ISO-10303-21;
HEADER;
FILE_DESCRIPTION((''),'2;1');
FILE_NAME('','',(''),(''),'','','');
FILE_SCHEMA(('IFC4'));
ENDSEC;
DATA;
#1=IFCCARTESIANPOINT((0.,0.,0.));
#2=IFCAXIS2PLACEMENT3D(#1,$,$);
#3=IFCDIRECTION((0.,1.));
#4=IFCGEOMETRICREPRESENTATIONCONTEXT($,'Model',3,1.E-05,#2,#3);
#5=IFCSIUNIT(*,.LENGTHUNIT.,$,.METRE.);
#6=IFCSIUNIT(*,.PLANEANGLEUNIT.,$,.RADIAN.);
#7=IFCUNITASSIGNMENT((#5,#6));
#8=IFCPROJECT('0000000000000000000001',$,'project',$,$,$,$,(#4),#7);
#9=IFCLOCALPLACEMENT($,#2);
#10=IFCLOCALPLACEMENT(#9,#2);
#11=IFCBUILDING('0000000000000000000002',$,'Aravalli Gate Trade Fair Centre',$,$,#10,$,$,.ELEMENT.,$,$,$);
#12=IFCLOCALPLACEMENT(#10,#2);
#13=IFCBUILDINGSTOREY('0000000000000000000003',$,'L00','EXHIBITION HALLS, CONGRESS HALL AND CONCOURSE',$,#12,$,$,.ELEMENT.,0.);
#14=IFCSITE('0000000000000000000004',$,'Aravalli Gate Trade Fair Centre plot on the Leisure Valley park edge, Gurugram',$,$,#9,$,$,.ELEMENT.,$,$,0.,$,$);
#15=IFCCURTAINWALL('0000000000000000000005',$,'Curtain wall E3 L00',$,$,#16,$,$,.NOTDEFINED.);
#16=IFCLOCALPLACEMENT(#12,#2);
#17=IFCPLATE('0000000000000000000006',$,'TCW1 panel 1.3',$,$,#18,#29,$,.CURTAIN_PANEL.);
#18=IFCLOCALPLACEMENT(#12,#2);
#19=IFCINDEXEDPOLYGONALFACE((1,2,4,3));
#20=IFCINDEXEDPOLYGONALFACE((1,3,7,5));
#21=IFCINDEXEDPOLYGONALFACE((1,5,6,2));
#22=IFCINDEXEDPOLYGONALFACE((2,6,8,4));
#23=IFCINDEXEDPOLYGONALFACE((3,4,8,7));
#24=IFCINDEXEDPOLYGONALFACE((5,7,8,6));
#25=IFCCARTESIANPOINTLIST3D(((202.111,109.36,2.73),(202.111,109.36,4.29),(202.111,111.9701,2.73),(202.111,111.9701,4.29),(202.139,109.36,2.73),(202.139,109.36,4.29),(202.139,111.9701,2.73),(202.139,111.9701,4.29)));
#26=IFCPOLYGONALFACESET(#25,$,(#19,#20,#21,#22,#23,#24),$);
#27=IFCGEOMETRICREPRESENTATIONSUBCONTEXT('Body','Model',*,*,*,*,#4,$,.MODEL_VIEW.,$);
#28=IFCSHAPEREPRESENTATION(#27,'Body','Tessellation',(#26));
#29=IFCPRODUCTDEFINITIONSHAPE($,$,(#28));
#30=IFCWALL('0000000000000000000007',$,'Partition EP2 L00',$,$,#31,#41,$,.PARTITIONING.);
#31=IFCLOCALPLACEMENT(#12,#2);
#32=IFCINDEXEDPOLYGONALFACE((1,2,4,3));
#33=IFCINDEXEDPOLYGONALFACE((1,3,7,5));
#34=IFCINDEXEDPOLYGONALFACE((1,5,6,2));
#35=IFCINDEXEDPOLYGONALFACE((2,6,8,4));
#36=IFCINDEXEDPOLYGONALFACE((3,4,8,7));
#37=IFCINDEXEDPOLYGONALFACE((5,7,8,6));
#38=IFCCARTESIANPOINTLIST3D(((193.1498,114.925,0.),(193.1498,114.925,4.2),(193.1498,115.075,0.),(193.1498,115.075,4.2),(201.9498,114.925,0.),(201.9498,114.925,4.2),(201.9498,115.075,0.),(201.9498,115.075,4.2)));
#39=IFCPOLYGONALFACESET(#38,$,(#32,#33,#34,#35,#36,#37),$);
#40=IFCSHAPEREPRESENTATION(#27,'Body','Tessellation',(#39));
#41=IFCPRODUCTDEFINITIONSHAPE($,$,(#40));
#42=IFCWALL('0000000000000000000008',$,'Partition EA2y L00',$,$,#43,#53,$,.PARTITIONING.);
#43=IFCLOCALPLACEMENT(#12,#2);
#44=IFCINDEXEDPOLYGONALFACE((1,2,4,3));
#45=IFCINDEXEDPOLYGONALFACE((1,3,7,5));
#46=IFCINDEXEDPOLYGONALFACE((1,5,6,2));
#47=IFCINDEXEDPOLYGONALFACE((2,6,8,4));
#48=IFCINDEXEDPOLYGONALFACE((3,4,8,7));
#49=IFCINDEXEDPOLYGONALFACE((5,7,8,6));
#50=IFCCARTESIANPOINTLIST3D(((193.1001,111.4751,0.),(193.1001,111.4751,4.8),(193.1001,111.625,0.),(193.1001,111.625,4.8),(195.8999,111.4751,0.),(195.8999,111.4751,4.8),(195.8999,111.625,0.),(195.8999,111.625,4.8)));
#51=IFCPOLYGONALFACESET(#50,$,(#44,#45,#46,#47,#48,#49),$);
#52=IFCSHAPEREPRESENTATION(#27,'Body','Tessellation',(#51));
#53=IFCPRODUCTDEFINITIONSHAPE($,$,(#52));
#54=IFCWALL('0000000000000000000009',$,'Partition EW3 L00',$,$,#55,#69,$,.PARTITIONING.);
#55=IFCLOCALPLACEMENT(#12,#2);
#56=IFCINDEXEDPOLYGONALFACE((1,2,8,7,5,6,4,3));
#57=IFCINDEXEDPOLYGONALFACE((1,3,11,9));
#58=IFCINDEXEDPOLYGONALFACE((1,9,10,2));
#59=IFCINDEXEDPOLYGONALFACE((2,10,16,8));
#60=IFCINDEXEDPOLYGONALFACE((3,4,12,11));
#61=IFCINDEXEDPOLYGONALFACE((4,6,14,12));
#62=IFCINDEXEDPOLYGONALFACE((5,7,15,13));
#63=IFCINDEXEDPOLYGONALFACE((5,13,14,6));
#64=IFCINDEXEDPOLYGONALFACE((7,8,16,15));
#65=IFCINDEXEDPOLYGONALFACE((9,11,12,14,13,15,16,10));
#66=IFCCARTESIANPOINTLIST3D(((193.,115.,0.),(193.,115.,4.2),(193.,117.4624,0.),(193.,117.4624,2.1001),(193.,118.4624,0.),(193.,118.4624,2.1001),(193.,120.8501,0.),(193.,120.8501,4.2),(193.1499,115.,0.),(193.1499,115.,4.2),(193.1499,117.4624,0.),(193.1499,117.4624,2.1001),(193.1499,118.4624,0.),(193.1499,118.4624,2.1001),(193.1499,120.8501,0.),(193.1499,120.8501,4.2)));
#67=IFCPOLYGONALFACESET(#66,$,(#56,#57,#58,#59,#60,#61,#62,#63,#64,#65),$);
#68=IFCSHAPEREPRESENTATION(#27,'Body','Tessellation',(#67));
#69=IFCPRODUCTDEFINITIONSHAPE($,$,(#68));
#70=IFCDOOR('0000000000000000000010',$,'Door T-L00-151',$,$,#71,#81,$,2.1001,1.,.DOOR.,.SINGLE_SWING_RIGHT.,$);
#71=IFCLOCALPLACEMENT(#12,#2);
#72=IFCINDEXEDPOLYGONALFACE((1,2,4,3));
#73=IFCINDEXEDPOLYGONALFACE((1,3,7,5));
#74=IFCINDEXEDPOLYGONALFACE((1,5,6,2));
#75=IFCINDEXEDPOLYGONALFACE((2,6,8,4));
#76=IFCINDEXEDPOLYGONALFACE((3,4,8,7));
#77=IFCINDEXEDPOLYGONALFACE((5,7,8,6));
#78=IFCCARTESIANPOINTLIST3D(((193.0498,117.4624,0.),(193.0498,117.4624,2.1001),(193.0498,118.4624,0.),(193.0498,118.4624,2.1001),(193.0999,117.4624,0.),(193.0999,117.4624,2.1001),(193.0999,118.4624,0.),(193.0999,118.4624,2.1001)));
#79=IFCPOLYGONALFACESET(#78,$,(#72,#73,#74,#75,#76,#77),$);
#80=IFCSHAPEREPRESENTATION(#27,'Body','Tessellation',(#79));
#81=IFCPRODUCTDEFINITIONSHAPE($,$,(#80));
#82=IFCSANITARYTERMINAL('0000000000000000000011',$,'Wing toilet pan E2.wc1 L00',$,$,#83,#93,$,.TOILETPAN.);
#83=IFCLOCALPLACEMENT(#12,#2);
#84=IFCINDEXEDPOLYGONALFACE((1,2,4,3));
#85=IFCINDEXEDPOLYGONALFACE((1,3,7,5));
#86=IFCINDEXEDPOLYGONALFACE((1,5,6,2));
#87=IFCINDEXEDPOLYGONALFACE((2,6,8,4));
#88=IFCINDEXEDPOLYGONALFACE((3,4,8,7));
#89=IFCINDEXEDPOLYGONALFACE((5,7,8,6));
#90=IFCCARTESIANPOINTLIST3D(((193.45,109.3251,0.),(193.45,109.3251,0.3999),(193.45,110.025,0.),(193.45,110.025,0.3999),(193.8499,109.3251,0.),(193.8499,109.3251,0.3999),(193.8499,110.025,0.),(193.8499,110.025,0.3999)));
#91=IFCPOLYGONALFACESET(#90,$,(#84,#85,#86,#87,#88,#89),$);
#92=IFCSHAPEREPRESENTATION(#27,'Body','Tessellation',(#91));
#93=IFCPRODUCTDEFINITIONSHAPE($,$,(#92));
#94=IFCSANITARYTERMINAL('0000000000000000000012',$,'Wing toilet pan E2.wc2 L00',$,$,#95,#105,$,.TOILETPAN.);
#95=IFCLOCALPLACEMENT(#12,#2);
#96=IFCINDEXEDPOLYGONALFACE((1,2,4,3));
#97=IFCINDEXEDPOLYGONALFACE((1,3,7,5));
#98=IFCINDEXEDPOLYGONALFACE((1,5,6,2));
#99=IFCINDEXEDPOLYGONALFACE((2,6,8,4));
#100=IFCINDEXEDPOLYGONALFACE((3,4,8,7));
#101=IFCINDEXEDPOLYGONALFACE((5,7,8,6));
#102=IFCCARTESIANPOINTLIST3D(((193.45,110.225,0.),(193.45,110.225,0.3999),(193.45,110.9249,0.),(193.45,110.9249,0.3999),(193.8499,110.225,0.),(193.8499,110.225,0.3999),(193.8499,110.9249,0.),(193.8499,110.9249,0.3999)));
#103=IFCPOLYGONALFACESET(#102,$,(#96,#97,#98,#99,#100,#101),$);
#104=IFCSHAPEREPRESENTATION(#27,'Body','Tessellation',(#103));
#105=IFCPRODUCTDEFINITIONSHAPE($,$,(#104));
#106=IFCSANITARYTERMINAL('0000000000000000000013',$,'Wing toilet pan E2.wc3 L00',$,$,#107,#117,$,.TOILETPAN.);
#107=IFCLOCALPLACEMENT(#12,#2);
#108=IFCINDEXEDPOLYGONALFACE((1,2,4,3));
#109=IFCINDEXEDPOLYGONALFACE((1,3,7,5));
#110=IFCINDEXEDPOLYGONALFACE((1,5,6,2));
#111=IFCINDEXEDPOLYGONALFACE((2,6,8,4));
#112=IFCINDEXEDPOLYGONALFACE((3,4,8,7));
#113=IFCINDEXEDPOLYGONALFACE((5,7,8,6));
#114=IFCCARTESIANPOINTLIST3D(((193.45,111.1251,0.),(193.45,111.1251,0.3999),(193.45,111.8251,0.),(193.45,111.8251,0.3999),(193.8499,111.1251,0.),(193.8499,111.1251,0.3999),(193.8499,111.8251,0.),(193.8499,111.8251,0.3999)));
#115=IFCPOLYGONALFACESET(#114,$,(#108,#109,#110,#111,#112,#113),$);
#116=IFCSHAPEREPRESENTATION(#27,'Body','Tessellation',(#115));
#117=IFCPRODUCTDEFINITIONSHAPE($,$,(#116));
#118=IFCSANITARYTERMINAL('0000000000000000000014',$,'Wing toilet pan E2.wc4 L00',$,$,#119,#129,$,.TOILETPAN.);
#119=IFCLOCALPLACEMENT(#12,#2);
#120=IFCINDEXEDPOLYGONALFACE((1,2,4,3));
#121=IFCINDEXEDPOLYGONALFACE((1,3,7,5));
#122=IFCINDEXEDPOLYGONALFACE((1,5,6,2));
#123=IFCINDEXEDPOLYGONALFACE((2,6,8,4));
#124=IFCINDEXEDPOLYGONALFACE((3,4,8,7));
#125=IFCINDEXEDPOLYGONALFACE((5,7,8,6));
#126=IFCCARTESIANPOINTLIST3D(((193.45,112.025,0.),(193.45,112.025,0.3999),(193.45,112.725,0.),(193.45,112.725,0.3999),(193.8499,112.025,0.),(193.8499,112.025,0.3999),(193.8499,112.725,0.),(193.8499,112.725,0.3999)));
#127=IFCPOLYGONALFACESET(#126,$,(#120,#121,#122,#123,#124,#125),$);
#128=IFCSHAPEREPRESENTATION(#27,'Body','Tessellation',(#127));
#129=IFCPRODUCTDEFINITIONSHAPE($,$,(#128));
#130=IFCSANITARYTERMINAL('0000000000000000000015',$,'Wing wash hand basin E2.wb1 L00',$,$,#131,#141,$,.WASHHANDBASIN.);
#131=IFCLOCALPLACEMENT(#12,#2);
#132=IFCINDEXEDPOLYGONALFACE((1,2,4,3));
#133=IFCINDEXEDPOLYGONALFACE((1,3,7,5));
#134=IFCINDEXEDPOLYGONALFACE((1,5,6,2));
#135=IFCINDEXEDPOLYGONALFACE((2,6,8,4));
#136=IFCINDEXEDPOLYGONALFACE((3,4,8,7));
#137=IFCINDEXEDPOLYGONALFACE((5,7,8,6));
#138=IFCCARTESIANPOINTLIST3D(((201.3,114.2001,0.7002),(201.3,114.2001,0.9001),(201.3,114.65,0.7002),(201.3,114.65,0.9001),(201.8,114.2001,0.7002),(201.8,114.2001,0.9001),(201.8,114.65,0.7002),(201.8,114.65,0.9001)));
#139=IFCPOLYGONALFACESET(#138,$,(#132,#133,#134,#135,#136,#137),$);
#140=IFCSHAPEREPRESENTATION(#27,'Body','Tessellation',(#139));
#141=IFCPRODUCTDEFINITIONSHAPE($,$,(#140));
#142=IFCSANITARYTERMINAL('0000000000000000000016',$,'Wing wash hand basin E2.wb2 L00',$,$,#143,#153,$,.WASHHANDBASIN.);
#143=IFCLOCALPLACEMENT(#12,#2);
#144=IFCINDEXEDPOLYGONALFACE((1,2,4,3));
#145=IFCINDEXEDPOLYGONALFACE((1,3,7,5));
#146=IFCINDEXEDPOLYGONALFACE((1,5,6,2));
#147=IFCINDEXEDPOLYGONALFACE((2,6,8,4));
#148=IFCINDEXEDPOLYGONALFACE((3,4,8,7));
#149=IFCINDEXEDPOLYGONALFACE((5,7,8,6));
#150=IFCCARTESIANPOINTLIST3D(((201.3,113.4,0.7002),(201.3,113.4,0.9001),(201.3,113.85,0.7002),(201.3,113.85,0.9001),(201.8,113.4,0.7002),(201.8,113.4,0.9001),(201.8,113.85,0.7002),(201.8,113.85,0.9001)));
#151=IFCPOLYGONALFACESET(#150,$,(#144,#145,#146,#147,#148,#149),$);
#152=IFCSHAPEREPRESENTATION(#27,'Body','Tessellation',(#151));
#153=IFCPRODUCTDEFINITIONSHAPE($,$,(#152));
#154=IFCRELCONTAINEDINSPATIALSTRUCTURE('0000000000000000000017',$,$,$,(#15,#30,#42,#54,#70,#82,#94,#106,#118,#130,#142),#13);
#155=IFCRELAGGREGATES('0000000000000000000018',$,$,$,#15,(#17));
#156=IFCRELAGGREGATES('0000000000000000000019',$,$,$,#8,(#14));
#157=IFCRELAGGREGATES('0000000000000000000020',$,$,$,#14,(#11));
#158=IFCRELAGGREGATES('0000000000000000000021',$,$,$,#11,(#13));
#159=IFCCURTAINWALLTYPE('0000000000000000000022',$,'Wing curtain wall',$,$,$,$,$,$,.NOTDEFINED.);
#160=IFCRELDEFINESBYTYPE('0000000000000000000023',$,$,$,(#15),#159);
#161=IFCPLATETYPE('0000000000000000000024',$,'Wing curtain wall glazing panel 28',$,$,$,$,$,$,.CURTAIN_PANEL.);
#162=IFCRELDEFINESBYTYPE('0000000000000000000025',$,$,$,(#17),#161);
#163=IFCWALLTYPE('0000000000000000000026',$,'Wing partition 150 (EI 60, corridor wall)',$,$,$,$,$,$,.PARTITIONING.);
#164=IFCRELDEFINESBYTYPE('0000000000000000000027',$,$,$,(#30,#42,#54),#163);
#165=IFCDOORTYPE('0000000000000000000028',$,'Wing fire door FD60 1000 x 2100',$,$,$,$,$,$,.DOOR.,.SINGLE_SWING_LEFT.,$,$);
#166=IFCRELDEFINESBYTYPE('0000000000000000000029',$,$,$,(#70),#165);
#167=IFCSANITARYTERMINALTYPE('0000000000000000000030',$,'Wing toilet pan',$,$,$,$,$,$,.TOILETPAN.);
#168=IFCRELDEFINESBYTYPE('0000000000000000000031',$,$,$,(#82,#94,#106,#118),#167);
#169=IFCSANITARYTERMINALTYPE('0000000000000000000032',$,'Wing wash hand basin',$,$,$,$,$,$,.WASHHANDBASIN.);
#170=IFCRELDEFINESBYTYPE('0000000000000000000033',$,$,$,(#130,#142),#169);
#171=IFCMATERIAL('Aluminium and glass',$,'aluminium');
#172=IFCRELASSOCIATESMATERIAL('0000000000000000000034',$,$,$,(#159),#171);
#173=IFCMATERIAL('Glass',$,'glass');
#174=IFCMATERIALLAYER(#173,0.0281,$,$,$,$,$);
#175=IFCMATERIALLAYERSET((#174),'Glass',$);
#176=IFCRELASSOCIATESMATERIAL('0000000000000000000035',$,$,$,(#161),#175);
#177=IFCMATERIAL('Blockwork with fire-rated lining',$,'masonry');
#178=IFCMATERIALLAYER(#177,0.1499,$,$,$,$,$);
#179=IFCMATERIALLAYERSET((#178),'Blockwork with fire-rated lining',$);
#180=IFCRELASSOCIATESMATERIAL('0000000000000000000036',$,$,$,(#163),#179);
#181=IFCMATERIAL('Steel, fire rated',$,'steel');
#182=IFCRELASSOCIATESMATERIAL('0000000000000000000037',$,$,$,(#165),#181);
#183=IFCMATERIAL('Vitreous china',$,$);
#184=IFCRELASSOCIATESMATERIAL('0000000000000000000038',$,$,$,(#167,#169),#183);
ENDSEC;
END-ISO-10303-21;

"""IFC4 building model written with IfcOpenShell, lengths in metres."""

from ifc_helpers import new_model, si_unit, direction, frame, frame_2d, origin, origin_2d, place, context, subcontext, project, spatial, rectangle, extrude, material, layer, layer_set, type_object, element, fill, aggregate, save


model = new_model("IFC4")

# Units and contexts
model_context = context("Model", 3, precision=1e-05, world=origin(), true_north=direction((0.0, 1.0)))
body_context = subcontext(model_context, "Body", "Model", "MODEL_VIEW")
ifc_project = project(units=[si_unit("LENGTHUNIT", "METRE"), si_unit("PLANEANGLEUNIT", "RADIAN")], contexts=[model_context])

# Site, building, storey
site_placement = place(None, origin())
site = spatial("IfcSite", under=ifc_project, at=site_placement, Name="Aravalli Gate Trade Fair Centre plot on the Leisure Valley park edge, Gurugram", CompositionType="ELEMENT", RefElevation=0.0)
building_placement = place(site_placement, origin())
building = spatial("IfcBuilding", under=site, at=building_placement, Name="Aravalli Gate Trade Fair Centre", CompositionType="ELEMENT")
storey_placement = place(building_placement, origin())
storey = spatial("IfcBuildingStorey", under=building, at=storey_placement, Name="L00", Description="EXHIBITION HALLS, CONGRESS HALL AND CONCOURSE", CompositionType="ELEMENT", Elevation=0.0)

# Curtain wall
ifc_material_1 = material(Name="Aluminium and glass", Category="aluminium")
curtain_wall_type = type_object("IfcCurtainWallType", Name="Wing curtain wall", PredefinedType="NOTDEFINED", material=ifc_material_1)
curtain_wall_placement = place(storey_placement, origin())
curtain_wall = element("IfcCurtainWall", 1, at=curtain_wall_placement, inside=storey, type_object=curtain_wall_type, Name="Curtain wall E3 L00", PredefinedType="NOTDEFINED")

# Plate
ifc_material_2 = material(Name="Glass", Category="glass")
ifc_layer_1 = layer(ifc_material_2, 0.0281)
ifc_layer_set_1 = layer_set([ifc_layer_1], Name="Glass")
plate_type = type_object("IfcPlateType", Name="Wing curtain wall glazing panel 28", PredefinedType="CURTAIN_PANEL", material=ifc_layer_set_1)
plate_1_placement = place(storey_placement, frame((202.125, 110.665, 2.73), z_axis=(0.0, 0.0, 1.0), x_axis=(0.0, 1.0, 0.0)))
plate_1 = element("IfcPlate", 2, at=plate_1_placement, type_object=plate_type, Name="TCW1 panel 1.3", PredefinedType="CURTAIN_PANEL", context=body_context, shape_type="SweptSolid", body=[
    extrude(rectangle(XDim=2.6101, YDim=0.0281, at=origin_2d()), origin(), (0.0, 0.0, 1.0), 1.5601),
])
aggregate(curtain_wall, [plate_1])

# Walls
ifc_material_3 = material(Name="Blockwork with fire-rated lining", Category="masonry")
ifc_layer_2 = layer(ifc_material_3, 0.1499)
ifc_layer_set_2 = layer_set([ifc_layer_2], Name="Blockwork with fire-rated lining")
wall_type = type_object("IfcWallType", Name="Wing partition 150 (EI 60, corridor wall)", PredefinedType="PARTITIONING", material=ifc_layer_set_2)
wall_1_placement = place(storey_placement, frame((193.1499, 115.0, 0.0), z_axis=(0.0, 0.0, 1.0), x_axis=(1.0, 0.0, 0.0)))
element("IfcWall", 3, at=wall_1_placement, inside=storey, type_object=wall_type, Name="Partition EP2 L00", PredefinedType="PARTITIONING", context=body_context, shape_type="SweptSolid", body=[
    extrude(rectangle(XDim=8.8, YDim=0.1499, at=frame_2d((4.3999, 0.0))), origin(), (0.0, 0.0, 1.0), 4.2),
])
wall_2_placement = place(storey_placement, frame((193.1001, 111.55, 0.0), z_axis=(0.0, 0.0, 1.0), x_axis=(1.0, 0.0, 0.0)))
element("IfcWall", 4, at=wall_2_placement, inside=storey, type_object=wall_type, Name="Partition EA2y L00", PredefinedType="PARTITIONING", context=body_context, shape_type="SweptSolid", body=[
    extrude(rectangle(XDim=2.7998, YDim=0.1499, at=frame_2d((1.3999, 0.0))), origin(), (0.0, 0.0, 1.0), 4.8),
])

# Wall, opening, door
wall_3_placement = place(storey_placement, frame((193.075, 115.0, 0.0), z_axis=(0.0, 0.0, 1.0), x_axis=(0.0, 1.0, 0.0)))
wall_3 = element("IfcWall", 5, at=wall_3_placement, inside=storey, type_object=wall_type, Name="Partition EW3 L00", PredefinedType="PARTITIONING", context=body_context, shape_type="SweptSolid", body=[
    extrude(rectangle(XDim=5.8501, YDim=0.1499, at=frame_2d((2.925, 0.0))), origin(), (0.0, 0.0, 1.0), 4.2),
])
opening_placement = place(wall_3_placement, frame((2.4624, 0.0, 0.0)))
opening = element("IfcOpeningElement", 6, at=opening_placement, cuts=wall_3, PredefinedType="OPENING", context=body_context, shape_type="SweptSolid", body=[
    extrude(rectangle(XDim=1.0, YDim=2.1001, at=frame_2d((0.5, 1.05))), frame((0.0, 0.085, 0.0), z_axis=(0.0, -1.0, 0.0), x_axis=(1.0, 0.0, 0.0)), (0.0, 0.0, 1.0), 0.1699),
])
ifc_material_4 = material(Name="Steel, fire rated", Category="steel")
door_type = type_object("IfcDoorType", Name="Wing fire door FD60 1000 x 2100", OperationType="SINGLE_SWING_LEFT", PredefinedType="DOOR", material=ifc_material_4)
door_placement = place(opening_placement, frame((1.0, 0.0, 0.0), z_axis=(0.0, 0.0, 1.0), x_axis=(-1.0, 0.0, 0.0)))
door = element("IfcDoor", 7, at=door_placement, inside=storey, type_object=door_type, Name="Door T-L00-151", OperationType="SINGLE_SWING_RIGHT", OverallHeight=2.1001, OverallWidth=1.0, PredefinedType="DOOR", context=body_context, shape_type="SweptSolid", body=[
    extrude(rectangle(XDim=1.0, YDim=2.1001, at=frame_2d((0.5, 1.05))), frame((0.0, 0.0249, 0.0), z_axis=(0.0, -1.0, 0.0), x_axis=(1.0, 0.0, 0.0)), (0.0, 0.0, 1.0), 0.05),
])
fill(opening, door)

# Sanitary terminals
ifc_material_5 = material(Name="Vitreous china")
sanitary_terminal_type_1 = type_object("IfcSanitaryTerminalType", Name="Wing toilet pan", PredefinedType="TOILETPAN", material=ifc_material_5)
for number, where, z_axis, x_axis, name in (
    (8, (193.6499, 109.675, 0.0), (0.0, 0.0, 1.0), (1.0, 0.0, 0.0), "Wing toilet pan E2.wc1 L00"),
    (9, (193.6499, 110.575, 0.0), (0.0, 0.0, 1.0), (1.0, 0.0, 0.0), "Wing toilet pan E2.wc2 L00"),
    (10, (193.6499, 111.4751, 0.0), (0.0, 0.0, 1.0), (1.0, 0.0, 0.0), "Wing toilet pan E2.wc3 L00"),
    (11, (193.6499, 112.375, 0.0), (0.0, 0.0, 1.0), (1.0, 0.0, 0.0), "Wing toilet pan E2.wc4 L00"),
):
    element("IfcSanitaryTerminal", number, at=place(storey_placement, frame(where, z_axis=z_axis, x_axis=x_axis)), inside=storey, type_object=sanitary_terminal_type_1, Name=name, PredefinedType="TOILETPAN", context=body_context, shape_type="SweptSolid", body=[
        extrude(rectangle(XDim=0.3999, YDim=0.7, at=origin_2d()), origin(), (0.0, 0.0, 1.0), 0.3999),
    ])
sanitary_terminal_type_2 = type_object("IfcSanitaryTerminalType", Name="Wing wash hand basin", PredefinedType="WASHHANDBASIN", material=ifc_material_5)
for number, where, z_axis, x_axis, name in (
    (12, (201.55, 114.425, 0.7002), (0.0, 0.0, 1.0), (1.0, 0.0, 0.0), "Wing wash hand basin E2.wb1 L00"),
    (13, (201.55, 113.625, 0.7002), (0.0, 0.0, 1.0), (1.0, 0.0, 0.0), "Wing wash hand basin E2.wb2 L00"),
):
    element("IfcSanitaryTerminal", number, at=place(storey_placement, frame(where, z_axis=z_axis, x_axis=x_axis)), inside=storey, type_object=sanitary_terminal_type_2, Name=name, PredefinedType="WASHHANDBASIN", context=body_context, shape_type="SweptSolid", body=[
        extrude(rectangle(XDim=0.5, YDim=0.45, at=origin_2d()), origin(), (0.0, 0.0, 1.0), 0.2),
    ])

save(model, "model.ifc")
